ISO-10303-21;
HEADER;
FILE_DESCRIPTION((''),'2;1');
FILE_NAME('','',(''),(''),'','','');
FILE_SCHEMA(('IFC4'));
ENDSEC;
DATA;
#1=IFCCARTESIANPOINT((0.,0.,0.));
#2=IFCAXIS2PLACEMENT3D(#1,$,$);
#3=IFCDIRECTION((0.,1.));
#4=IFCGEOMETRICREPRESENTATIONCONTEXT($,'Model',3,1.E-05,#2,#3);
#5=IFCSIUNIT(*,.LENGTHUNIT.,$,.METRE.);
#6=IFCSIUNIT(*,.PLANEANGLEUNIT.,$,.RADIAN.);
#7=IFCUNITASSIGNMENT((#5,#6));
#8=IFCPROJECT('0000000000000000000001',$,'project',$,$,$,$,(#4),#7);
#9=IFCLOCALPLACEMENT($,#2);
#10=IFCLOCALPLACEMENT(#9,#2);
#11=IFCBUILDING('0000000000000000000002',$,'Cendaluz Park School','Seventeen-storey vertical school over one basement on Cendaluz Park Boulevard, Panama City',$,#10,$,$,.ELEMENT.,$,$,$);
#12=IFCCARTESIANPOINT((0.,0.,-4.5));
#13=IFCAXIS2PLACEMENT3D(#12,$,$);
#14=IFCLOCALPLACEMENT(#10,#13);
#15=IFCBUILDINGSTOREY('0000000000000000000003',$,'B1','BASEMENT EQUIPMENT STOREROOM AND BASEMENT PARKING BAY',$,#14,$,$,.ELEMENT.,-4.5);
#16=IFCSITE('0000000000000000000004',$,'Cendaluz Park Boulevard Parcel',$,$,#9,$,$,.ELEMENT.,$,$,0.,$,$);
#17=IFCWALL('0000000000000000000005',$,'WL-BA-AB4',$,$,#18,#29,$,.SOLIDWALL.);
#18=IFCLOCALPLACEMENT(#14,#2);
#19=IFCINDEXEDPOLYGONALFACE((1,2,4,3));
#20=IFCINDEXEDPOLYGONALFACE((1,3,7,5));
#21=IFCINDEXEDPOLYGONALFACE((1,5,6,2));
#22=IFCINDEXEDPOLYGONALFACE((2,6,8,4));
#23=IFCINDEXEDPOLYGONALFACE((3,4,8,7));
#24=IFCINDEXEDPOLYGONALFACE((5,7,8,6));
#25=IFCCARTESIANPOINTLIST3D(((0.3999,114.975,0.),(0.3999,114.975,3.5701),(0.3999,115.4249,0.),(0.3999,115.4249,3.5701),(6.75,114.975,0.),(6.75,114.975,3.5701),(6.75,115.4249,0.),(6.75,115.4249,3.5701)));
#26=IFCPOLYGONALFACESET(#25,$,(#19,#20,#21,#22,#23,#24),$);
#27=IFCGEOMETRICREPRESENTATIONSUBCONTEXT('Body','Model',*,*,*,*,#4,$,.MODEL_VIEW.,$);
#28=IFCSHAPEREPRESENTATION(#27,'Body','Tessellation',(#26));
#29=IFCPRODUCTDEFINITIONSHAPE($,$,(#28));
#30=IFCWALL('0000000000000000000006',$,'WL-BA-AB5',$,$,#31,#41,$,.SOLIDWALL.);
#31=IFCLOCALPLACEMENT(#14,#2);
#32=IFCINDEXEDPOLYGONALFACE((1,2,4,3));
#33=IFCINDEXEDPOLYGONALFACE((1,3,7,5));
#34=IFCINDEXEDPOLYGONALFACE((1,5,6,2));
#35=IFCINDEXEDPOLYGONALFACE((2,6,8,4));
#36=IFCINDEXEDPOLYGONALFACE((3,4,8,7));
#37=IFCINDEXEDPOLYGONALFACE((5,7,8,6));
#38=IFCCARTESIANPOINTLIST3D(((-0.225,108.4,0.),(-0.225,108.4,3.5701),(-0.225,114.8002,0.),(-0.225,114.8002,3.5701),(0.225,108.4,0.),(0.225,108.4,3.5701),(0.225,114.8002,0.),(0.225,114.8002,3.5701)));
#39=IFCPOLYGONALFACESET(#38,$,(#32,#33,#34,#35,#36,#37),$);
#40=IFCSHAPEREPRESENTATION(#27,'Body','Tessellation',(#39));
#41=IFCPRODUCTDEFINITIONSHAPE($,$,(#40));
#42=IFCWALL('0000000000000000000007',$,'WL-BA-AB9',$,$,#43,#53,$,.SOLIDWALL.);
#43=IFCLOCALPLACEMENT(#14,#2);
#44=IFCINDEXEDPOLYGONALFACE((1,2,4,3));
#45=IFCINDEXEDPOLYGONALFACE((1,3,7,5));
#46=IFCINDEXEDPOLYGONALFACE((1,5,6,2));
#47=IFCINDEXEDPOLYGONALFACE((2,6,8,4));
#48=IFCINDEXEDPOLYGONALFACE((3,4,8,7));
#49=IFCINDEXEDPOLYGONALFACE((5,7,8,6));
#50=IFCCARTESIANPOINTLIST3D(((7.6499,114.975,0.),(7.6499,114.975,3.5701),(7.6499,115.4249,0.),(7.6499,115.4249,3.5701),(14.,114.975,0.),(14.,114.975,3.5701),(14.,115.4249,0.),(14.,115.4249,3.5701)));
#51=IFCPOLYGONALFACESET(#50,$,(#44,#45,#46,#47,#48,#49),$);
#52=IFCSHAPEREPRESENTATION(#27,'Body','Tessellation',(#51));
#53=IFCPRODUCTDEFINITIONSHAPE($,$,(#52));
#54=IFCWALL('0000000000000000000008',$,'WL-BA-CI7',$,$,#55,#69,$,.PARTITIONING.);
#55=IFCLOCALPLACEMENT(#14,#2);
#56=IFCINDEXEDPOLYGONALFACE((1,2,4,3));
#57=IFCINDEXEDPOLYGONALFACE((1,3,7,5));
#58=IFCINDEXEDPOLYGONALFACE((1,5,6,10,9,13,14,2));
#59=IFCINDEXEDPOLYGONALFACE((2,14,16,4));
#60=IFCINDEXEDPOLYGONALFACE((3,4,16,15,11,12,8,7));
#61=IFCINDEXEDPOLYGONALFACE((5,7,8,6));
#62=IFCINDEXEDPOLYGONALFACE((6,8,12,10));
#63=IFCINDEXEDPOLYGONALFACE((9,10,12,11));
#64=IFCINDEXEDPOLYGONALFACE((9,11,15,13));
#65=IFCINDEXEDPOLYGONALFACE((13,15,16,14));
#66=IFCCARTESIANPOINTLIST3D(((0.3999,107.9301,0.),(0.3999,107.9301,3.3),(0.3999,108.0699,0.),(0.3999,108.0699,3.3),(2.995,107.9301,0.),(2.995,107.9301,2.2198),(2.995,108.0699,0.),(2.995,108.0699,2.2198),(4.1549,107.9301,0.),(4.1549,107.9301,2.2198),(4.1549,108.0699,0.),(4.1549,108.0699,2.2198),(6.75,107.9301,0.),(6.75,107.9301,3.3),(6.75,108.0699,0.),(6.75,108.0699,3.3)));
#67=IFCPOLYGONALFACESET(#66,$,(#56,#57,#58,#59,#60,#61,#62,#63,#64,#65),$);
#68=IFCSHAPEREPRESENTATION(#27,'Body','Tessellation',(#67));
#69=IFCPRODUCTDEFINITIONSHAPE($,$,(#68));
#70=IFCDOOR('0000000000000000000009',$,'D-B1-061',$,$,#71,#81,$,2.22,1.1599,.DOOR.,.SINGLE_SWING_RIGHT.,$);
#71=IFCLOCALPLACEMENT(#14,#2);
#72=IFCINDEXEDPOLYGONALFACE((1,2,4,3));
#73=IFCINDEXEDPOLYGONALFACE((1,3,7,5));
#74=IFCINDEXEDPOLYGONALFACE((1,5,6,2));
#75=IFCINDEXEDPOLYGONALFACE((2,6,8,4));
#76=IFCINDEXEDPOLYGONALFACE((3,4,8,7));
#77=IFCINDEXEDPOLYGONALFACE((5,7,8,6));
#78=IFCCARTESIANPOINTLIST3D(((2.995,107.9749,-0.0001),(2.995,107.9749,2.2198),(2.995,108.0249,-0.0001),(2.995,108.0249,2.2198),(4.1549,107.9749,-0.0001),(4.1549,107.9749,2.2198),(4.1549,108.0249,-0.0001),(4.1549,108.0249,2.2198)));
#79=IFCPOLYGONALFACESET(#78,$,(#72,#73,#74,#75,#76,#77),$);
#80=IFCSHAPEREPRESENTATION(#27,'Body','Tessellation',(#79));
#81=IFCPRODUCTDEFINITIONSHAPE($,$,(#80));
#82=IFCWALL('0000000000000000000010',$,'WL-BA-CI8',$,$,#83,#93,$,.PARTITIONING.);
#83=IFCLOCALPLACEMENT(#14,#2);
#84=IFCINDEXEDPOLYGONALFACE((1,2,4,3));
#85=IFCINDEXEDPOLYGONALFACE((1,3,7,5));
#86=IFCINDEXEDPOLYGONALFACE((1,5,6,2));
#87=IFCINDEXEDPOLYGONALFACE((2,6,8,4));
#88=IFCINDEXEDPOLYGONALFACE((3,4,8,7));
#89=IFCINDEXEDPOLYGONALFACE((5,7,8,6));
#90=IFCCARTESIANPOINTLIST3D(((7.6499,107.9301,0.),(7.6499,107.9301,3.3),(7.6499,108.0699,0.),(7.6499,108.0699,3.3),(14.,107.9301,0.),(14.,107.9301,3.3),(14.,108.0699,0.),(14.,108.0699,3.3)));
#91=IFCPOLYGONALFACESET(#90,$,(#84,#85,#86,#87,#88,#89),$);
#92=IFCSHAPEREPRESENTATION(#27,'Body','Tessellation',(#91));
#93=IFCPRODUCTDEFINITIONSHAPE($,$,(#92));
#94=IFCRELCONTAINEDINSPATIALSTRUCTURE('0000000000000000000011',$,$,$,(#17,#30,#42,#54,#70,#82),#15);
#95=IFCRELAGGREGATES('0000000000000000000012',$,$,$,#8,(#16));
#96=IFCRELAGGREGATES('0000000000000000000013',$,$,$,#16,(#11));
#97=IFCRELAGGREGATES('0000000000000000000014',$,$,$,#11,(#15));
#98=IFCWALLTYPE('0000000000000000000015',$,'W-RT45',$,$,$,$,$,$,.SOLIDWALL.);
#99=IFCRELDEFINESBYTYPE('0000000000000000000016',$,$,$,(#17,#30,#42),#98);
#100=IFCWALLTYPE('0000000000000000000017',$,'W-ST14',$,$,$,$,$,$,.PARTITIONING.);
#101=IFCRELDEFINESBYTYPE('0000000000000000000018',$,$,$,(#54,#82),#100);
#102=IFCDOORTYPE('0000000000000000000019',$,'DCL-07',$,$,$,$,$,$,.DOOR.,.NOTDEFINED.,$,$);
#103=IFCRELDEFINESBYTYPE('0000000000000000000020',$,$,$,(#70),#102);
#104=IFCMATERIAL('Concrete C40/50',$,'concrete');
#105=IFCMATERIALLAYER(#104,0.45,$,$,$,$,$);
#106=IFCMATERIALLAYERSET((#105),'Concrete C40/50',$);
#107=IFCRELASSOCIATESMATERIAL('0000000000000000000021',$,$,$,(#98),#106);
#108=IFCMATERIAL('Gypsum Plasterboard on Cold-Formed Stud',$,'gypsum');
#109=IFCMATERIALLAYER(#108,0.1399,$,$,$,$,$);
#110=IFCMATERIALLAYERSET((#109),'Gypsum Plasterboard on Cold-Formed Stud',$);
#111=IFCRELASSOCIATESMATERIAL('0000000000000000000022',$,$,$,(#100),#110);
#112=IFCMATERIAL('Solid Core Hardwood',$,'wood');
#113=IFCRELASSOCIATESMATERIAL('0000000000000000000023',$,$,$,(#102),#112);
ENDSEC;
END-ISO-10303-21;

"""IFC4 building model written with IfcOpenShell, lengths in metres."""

from ifc_helpers import new_model, si_unit, direction, frame, frame_2d, origin, place, context, subcontext, project, spatial, rectangle, extrude, material, layer, layer_set, type_object, element, fill, save


model = new_model("IFC4")

# Units and contexts
model_context = context("Model", 3, precision=1e-05, world=origin(), true_north=direction((0.0, 1.0)))
body_context = subcontext(model_context, "Body", "Model", "MODEL_VIEW")
ifc_project = project(units=[si_unit("LENGTHUNIT", "METRE"), si_unit("PLANEANGLEUNIT", "RADIAN")], contexts=[model_context])

# Site, building, storey
site_placement = place(None, origin())
site = spatial("IfcSite", under=ifc_project, at=site_placement, Name="Cendaluz Park Boulevard Parcel", CompositionType="ELEMENT", RefElevation=0.0)
building_placement = place(site_placement, origin())
building = spatial("IfcBuilding", under=site, at=building_placement, Name="Cendaluz Park School", Description="Seventeen-storey vertical school over one basement on Cendaluz Park Boulevard, Panama City", CompositionType="ELEMENT")
storey_placement = place(building_placement, frame((0.0, 0.0, -4.5)))
storey = spatial("IfcBuildingStorey", under=building, at=storey_placement, Name="B1", Description="BASEMENT EQUIPMENT STOREROOM AND BASEMENT PARKING BAY", CompositionType="ELEMENT", Elevation=-4.5)

# Shared definitions
ifc_material_1 = material(Name="Concrete C40/50", Category="concrete")

# Walls
ifc_material_2 = material(Name="Gypsum Plasterboard on Cold-Formed Stud", Category="gypsum")
ifc_layer_1 = layer(ifc_material_1, 0.45)
ifc_layer_set_1 = layer_set([ifc_layer_1], Name="Concrete C40/50")
wall_type_1 = type_object("IfcWallType", Name="W-RT45", PredefinedType="SOLIDWALL", material=ifc_layer_set_1)
wall_1_placement = place(storey_placement, frame((0.3999, 115.2, 0.0), z_axis=(0.0, 0.0, 1.0), x_axis=(1.0, 0.0, 0.0)))
element("IfcWall", 1, at=wall_1_placement, inside=storey, type_object=wall_type_1, Name="WL-BA-AB4", PredefinedType="SOLIDWALL", context=body_context, shape_type="SweptSolid", body=[
    extrude(rectangle(XDim=6.3501, YDim=0.45, at=frame_2d((3.175, 0.0))), origin(), (0.0, 0.0, 1.0), 3.5701),
])
wall_2_placement = place(storey_placement, frame((0.0, 108.3999, 0.0), z_axis=(0.0, 0.0, 1.0), x_axis=(0.0, 1.0, 0.0)))
element("IfcWall", 2, at=wall_2_placement, inside=storey, type_object=wall_type_1, Name="WL-BA-AB5", PredefinedType="SOLIDWALL", context=body_context, shape_type="SweptSolid", body=[
    extrude(rectangle(XDim=6.4001, YDim=0.45, at=frame_2d((3.2002, 0.0))), origin(), (0.0, 0.0, 1.0), 3.5701),
])
wall_3_placement = place(storey_placement, frame((7.6499, 115.2, 0.0), z_axis=(0.0, 0.0, 1.0), x_axis=(1.0, 0.0, 0.0)))
element("IfcWall", 3, at=wall_3_placement, inside=storey, type_object=wall_type_1, Name="WL-BA-AB9", PredefinedType="SOLIDWALL", context=body_context, shape_type="SweptSolid", body=[
    extrude(rectangle(XDim=6.3501, YDim=0.45, at=frame_2d((3.175, 0.0))), origin(), (0.0, 0.0, 1.0), 3.5701),
])

# Wall, opening, door
ifc_layer_2 = layer(ifc_material_2, 0.1399)
ifc_layer_set_2 = layer_set([ifc_layer_2], Name="Gypsum Plasterboard on Cold-Formed Stud")
wall_type_2 = type_object("IfcWallType", Name="W-ST14", PredefinedType="PARTITIONING", material=ifc_layer_set_2)
wall_4_placement = place(storey_placement, frame((0.3999, 108.0, 0.0), z_axis=(0.0, 0.0, 1.0), x_axis=(1.0, 0.0, 0.0)))
wall_4 = element("IfcWall", 4, at=wall_4_placement, inside=storey, type_object=wall_type_2, Name="WL-BA-CI7", PredefinedType="PARTITIONING", context=body_context, shape_type="SweptSolid", body=[
    extrude(rectangle(XDim=6.3501, YDim=0.1399, at=frame_2d((3.175, 0.0))), origin(), (0.0, 0.0, 1.0), 3.3),
])
opening_placement = place(wall_4_placement, frame((2.595, 0.0, 0.0)))
opening = element("IfcOpeningElement", 5, at=opening_placement, cuts=wall_4, PredefinedType="OPENING", context=body_context, shape_type="SweptSolid", body=[
    extrude(rectangle(XDim=1.1599, YDim=2.22, at=frame_2d((0.5801, 1.1099))), frame((0.0, 0.082, 0.0), z_axis=(0.0, -1.0, 0.0), x_axis=(1.0, 0.0, 0.0)), (0.0, 0.0, 1.0), 0.1638),
])
ifc_material_3 = material(Name="Solid Core Hardwood", Category="wood")
door_type = type_object("IfcDoorType", Name="DCL-07", OperationType="NOTDEFINED", PredefinedType="DOOR", material=ifc_material_3)
door_placement = place(opening_placement, origin())
door = element("IfcDoor", 6, at=door_placement, inside=storey, type_object=door_type, Name="D-B1-061", OperationType="SINGLE_SWING_RIGHT", OverallHeight=2.22, OverallWidth=1.1599, PredefinedType="DOOR", context=body_context, shape_type="SweptSolid", body=[
    extrude(rectangle(XDim=1.1599, YDim=2.22, at=frame_2d((0.5801, 1.1099))), frame((0.0, 0.0249, 0.0), z_axis=(0.0, -1.0, 0.0), x_axis=(1.0, 0.0, 0.0)), (0.0, 0.0, 1.0), 0.05),
])
fill(opening, door)

# Wall
wall_5_placement = place(storey_placement, frame((7.6499, 108.0, 0.0), z_axis=(0.0, 0.0, 1.0), x_axis=(1.0, 0.0, 0.0)))
element("IfcWall", 7, at=wall_5_placement, inside=storey, type_object=wall_type_2, Name="WL-BA-CI8", PredefinedType="PARTITIONING", context=body_context, shape_type="SweptSolid", body=[
    extrude(rectangle(XDim=6.3501, YDim=0.1399, at=frame_2d((3.175, 0.0))), origin(), (0.0, 0.0, 1.0), 3.3),
])

save(model, "model.ifc")
